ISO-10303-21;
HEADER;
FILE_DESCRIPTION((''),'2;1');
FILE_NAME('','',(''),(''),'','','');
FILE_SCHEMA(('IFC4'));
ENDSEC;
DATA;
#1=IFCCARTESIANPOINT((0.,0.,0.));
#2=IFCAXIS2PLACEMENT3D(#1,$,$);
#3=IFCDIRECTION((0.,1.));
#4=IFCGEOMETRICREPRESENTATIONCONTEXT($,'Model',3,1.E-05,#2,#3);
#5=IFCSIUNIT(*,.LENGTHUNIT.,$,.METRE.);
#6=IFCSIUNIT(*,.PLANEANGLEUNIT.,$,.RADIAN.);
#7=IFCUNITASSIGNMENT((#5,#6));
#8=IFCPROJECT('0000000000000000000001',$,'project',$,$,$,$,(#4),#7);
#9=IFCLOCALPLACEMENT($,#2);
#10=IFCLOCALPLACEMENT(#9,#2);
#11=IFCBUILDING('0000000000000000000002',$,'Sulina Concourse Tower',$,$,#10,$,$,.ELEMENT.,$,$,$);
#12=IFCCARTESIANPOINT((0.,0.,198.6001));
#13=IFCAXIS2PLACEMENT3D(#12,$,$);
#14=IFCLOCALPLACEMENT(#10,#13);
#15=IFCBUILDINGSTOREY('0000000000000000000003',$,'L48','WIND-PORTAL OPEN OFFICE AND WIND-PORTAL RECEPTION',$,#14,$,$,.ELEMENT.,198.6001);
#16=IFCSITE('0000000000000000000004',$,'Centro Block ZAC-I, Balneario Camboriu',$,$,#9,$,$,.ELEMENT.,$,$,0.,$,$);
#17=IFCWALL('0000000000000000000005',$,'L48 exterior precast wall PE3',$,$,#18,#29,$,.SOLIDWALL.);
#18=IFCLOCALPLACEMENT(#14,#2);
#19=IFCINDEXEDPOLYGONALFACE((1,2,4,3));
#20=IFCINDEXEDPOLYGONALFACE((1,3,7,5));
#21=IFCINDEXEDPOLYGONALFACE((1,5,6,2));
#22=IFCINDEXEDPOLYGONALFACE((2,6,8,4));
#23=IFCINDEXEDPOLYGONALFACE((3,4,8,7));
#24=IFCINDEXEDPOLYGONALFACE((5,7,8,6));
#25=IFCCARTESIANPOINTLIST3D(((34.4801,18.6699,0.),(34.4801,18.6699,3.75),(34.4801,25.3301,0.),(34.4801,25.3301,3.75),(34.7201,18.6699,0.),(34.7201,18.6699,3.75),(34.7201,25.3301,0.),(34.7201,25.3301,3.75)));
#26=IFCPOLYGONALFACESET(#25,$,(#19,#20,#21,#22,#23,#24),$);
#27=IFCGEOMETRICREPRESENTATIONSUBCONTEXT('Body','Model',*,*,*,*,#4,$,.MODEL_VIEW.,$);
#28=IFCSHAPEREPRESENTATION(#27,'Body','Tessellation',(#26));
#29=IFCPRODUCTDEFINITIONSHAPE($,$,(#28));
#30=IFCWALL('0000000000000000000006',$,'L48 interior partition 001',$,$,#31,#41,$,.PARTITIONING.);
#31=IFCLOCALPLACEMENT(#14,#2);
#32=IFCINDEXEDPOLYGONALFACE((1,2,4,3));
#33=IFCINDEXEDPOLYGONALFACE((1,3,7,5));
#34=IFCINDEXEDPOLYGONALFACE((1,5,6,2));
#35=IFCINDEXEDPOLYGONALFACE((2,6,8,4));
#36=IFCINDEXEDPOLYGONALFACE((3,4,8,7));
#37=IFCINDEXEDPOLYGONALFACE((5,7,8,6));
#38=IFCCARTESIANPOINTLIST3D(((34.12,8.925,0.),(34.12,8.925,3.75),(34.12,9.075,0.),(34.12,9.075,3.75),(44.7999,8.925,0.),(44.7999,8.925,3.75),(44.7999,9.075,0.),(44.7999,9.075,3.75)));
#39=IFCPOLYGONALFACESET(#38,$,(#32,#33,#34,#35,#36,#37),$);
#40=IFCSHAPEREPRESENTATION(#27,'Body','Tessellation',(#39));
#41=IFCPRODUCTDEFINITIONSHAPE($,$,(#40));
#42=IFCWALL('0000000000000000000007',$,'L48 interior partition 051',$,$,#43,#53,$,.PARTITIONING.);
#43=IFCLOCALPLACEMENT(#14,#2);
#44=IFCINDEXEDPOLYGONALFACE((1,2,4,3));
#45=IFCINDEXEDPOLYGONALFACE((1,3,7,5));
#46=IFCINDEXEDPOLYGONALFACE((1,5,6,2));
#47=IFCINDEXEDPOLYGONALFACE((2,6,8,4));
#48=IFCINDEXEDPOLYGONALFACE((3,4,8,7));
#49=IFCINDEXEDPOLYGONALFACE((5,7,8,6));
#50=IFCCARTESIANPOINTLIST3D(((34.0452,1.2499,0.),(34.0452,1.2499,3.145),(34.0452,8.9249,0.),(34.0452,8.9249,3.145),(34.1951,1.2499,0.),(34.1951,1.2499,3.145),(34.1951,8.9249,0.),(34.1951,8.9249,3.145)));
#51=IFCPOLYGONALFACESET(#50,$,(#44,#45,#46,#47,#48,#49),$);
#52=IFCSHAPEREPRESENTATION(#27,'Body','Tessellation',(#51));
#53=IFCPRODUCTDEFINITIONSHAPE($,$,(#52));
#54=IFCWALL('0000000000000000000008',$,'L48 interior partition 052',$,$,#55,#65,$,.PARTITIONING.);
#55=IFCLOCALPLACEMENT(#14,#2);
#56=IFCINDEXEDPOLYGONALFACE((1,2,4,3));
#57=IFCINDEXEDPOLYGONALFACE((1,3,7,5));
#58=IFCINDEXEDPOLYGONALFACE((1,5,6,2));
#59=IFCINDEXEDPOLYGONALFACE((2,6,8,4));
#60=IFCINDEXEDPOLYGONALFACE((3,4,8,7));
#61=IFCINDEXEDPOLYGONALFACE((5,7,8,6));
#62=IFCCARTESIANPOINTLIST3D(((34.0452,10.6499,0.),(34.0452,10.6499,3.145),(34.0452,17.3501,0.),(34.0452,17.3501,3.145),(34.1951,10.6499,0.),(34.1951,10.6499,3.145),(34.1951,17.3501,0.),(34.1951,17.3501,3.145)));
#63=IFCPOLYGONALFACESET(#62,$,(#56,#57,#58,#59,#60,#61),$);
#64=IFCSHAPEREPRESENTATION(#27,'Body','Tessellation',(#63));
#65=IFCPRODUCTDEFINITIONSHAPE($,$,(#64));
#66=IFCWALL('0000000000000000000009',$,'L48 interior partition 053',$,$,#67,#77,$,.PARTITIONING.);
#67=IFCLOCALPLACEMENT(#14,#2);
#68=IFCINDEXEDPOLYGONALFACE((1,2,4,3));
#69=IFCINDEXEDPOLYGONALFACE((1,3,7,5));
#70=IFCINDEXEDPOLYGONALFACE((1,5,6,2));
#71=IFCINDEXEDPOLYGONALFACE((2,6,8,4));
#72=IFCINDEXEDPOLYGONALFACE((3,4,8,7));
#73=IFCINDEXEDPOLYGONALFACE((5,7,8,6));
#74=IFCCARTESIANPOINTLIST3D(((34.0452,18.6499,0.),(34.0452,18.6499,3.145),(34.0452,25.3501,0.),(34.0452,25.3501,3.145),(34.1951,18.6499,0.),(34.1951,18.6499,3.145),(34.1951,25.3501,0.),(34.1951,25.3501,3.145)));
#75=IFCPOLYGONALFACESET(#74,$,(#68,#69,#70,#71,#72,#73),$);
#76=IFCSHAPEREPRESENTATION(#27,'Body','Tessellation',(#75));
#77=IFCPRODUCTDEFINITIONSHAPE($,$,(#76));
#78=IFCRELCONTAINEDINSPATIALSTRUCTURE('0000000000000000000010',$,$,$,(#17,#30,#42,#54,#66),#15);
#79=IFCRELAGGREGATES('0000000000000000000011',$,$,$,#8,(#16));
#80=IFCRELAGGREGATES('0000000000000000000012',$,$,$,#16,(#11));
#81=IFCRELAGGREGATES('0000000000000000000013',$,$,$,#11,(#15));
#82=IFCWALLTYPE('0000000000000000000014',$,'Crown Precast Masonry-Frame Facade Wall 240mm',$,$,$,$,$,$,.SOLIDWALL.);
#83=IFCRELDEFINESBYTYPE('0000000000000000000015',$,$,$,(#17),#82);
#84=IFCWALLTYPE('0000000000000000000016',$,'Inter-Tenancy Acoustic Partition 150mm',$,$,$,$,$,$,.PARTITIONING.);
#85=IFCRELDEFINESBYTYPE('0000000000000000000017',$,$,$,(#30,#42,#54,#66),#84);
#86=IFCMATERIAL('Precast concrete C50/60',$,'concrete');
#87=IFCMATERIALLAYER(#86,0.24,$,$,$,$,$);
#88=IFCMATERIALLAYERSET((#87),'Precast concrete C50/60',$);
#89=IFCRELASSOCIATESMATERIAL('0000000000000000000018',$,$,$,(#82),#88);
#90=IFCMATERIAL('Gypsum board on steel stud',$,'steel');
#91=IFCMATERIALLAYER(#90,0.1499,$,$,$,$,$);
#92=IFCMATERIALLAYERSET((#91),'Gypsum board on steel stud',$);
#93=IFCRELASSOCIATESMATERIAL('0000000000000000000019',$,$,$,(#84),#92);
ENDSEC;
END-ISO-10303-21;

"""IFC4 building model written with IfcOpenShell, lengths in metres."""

from ifc_helpers import new_model, si_unit, direction, frame, frame_2d, origin, place, context, subcontext, project, spatial, rectangle, extrude, material, layer, layer_set, type_object, element, save


model = new_model("IFC4")

# Units and contexts
model_context = context("Model", 3, precision=1e-05, world=origin(), true_north=direction((0.0, 1.0)))
body_context = subcontext(model_context, "Body", "Model", "MODEL_VIEW")
ifc_project = project(units=[si_unit("LENGTHUNIT", "METRE"), si_unit("PLANEANGLEUNIT", "RADIAN")], contexts=[model_context])

# Site, building, storey
site_placement = place(None, origin())
site = spatial("IfcSite", under=ifc_project, at=site_placement, Name="Centro Block ZAC-I, Balneario Camboriu", CompositionType="ELEMENT", RefElevation=0.0)
building_placement = place(site_placement, origin())
building = spatial("IfcBuilding", under=site, at=building_placement, Name="Sulina Concourse Tower", CompositionType="ELEMENT")
storey_placement = place(building_placement, frame((0.0, 0.0, 198.6001)))
storey = spatial("IfcBuildingStorey", under=building, at=storey_placement, Name="L48", Description="WIND-PORTAL OPEN OFFICE AND WIND-PORTAL RECEPTION", CompositionType="ELEMENT", Elevation=198.6001)

# Walls
ifc_material_1 = material(Name="Precast concrete C50/60", Category="concrete")
ifc_layer_1 = layer(ifc_material_1, 0.24)
ifc_layer_set_1 = layer_set([ifc_layer_1], Name="Precast concrete C50/60")
wall_type_1 = type_object("IfcWallType", Name="Crown Precast Masonry-Frame Facade Wall 240mm", PredefinedType="SOLIDWALL", material=ifc_layer_set_1)
for number, where, z_axis, x_axis, name in (
    (1, (34.6001, 18.6699, 0.0), (0.0, 0.0, 1.0), (0.0, 1.0, 0.0), "L48 exterior precast wall PE3"),
):
    element("IfcWall", number, at=place(storey_placement, frame(where, z_axis=z_axis, x_axis=x_axis)), inside=storey, type_object=wall_type_1, Name=name, PredefinedType="SOLIDWALL", context=body_context, shape_type="SweptSolid", body=[
        extrude(rectangle(XDim=6.6602, YDim=0.24, at=frame_2d((3.3301, 0.0))), origin(), (0.0, 0.0, 1.0), 3.75),
    ])
ifc_material_2 = material(Name="Gypsum board on steel stud", Category="steel")
ifc_layer_2 = layer(ifc_material_2, 0.1499)
ifc_layer_set_2 = layer_set([ifc_layer_2], Name="Gypsum board on steel stud")
wall_type_2 = type_object("IfcWallType", Name="Inter-Tenancy Acoustic Partition 150mm", PredefinedType="PARTITIONING", material=ifc_layer_set_2)
wall_1_placement = place(storey_placement, frame((34.1201, 9.0, 0.0), z_axis=(0.0, 0.0, 1.0), x_axis=(1.0, 0.0, 0.0)))
element("IfcWall", 2, at=wall_1_placement, inside=storey, type_object=wall_type_2, Name="L48 interior partition 001", PredefinedType="PARTITIONING", context=body_context, shape_type="SweptSolid", body=[
    extrude(rectangle(XDim=10.6799, YDim=0.1499, at=frame_2d((5.3398, 0.0))), origin(), (0.0, 0.0, 1.0), 3.75),
])
wall_2_placement = place(storey_placement, frame((34.1201, 1.25, 0.0), z_axis=(0.0, 0.0, 1.0), x_axis=(0.0, 1.0, 0.0)))
element("IfcWall", 3, at=wall_2_placement, inside=storey, type_object=wall_type_2, Name="L48 interior partition 051", PredefinedType="PARTITIONING", context=body_context, shape_type="SweptSolid", body=[
    extrude(rectangle(XDim=7.675, YDim=0.1499, at=frame_2d((3.8374, 0.0))), origin(), (0.0, 0.0, 1.0), 3.145),
])
for number, where, z_axis, x_axis, name in (
    (4, (34.1201, 10.6499, 0.0), (0.0, 0.0, 1.0), (0.0, 1.0, 0.0), "L48 interior partition 052"),
    (5, (34.1201, 18.6499, 0.0), (0.0, 0.0, 1.0), (0.0, 1.0, 0.0), "L48 interior partition 053"),
):
    element("IfcWall", number, at=place(storey_placement, frame(where, z_axis=z_axis, x_axis=x_axis)), inside=storey, type_object=wall_type_2, Name=name, PredefinedType="PARTITIONING", context=body_context, shape_type="SweptSolid", body=[
        extrude(rectangle(XDim=6.7002, YDim=0.1499, at=frame_2d((3.3501, 0.0))), origin(), (0.0, 0.0, 1.0), 3.145),
    ])

save(model, "model.ifc")
